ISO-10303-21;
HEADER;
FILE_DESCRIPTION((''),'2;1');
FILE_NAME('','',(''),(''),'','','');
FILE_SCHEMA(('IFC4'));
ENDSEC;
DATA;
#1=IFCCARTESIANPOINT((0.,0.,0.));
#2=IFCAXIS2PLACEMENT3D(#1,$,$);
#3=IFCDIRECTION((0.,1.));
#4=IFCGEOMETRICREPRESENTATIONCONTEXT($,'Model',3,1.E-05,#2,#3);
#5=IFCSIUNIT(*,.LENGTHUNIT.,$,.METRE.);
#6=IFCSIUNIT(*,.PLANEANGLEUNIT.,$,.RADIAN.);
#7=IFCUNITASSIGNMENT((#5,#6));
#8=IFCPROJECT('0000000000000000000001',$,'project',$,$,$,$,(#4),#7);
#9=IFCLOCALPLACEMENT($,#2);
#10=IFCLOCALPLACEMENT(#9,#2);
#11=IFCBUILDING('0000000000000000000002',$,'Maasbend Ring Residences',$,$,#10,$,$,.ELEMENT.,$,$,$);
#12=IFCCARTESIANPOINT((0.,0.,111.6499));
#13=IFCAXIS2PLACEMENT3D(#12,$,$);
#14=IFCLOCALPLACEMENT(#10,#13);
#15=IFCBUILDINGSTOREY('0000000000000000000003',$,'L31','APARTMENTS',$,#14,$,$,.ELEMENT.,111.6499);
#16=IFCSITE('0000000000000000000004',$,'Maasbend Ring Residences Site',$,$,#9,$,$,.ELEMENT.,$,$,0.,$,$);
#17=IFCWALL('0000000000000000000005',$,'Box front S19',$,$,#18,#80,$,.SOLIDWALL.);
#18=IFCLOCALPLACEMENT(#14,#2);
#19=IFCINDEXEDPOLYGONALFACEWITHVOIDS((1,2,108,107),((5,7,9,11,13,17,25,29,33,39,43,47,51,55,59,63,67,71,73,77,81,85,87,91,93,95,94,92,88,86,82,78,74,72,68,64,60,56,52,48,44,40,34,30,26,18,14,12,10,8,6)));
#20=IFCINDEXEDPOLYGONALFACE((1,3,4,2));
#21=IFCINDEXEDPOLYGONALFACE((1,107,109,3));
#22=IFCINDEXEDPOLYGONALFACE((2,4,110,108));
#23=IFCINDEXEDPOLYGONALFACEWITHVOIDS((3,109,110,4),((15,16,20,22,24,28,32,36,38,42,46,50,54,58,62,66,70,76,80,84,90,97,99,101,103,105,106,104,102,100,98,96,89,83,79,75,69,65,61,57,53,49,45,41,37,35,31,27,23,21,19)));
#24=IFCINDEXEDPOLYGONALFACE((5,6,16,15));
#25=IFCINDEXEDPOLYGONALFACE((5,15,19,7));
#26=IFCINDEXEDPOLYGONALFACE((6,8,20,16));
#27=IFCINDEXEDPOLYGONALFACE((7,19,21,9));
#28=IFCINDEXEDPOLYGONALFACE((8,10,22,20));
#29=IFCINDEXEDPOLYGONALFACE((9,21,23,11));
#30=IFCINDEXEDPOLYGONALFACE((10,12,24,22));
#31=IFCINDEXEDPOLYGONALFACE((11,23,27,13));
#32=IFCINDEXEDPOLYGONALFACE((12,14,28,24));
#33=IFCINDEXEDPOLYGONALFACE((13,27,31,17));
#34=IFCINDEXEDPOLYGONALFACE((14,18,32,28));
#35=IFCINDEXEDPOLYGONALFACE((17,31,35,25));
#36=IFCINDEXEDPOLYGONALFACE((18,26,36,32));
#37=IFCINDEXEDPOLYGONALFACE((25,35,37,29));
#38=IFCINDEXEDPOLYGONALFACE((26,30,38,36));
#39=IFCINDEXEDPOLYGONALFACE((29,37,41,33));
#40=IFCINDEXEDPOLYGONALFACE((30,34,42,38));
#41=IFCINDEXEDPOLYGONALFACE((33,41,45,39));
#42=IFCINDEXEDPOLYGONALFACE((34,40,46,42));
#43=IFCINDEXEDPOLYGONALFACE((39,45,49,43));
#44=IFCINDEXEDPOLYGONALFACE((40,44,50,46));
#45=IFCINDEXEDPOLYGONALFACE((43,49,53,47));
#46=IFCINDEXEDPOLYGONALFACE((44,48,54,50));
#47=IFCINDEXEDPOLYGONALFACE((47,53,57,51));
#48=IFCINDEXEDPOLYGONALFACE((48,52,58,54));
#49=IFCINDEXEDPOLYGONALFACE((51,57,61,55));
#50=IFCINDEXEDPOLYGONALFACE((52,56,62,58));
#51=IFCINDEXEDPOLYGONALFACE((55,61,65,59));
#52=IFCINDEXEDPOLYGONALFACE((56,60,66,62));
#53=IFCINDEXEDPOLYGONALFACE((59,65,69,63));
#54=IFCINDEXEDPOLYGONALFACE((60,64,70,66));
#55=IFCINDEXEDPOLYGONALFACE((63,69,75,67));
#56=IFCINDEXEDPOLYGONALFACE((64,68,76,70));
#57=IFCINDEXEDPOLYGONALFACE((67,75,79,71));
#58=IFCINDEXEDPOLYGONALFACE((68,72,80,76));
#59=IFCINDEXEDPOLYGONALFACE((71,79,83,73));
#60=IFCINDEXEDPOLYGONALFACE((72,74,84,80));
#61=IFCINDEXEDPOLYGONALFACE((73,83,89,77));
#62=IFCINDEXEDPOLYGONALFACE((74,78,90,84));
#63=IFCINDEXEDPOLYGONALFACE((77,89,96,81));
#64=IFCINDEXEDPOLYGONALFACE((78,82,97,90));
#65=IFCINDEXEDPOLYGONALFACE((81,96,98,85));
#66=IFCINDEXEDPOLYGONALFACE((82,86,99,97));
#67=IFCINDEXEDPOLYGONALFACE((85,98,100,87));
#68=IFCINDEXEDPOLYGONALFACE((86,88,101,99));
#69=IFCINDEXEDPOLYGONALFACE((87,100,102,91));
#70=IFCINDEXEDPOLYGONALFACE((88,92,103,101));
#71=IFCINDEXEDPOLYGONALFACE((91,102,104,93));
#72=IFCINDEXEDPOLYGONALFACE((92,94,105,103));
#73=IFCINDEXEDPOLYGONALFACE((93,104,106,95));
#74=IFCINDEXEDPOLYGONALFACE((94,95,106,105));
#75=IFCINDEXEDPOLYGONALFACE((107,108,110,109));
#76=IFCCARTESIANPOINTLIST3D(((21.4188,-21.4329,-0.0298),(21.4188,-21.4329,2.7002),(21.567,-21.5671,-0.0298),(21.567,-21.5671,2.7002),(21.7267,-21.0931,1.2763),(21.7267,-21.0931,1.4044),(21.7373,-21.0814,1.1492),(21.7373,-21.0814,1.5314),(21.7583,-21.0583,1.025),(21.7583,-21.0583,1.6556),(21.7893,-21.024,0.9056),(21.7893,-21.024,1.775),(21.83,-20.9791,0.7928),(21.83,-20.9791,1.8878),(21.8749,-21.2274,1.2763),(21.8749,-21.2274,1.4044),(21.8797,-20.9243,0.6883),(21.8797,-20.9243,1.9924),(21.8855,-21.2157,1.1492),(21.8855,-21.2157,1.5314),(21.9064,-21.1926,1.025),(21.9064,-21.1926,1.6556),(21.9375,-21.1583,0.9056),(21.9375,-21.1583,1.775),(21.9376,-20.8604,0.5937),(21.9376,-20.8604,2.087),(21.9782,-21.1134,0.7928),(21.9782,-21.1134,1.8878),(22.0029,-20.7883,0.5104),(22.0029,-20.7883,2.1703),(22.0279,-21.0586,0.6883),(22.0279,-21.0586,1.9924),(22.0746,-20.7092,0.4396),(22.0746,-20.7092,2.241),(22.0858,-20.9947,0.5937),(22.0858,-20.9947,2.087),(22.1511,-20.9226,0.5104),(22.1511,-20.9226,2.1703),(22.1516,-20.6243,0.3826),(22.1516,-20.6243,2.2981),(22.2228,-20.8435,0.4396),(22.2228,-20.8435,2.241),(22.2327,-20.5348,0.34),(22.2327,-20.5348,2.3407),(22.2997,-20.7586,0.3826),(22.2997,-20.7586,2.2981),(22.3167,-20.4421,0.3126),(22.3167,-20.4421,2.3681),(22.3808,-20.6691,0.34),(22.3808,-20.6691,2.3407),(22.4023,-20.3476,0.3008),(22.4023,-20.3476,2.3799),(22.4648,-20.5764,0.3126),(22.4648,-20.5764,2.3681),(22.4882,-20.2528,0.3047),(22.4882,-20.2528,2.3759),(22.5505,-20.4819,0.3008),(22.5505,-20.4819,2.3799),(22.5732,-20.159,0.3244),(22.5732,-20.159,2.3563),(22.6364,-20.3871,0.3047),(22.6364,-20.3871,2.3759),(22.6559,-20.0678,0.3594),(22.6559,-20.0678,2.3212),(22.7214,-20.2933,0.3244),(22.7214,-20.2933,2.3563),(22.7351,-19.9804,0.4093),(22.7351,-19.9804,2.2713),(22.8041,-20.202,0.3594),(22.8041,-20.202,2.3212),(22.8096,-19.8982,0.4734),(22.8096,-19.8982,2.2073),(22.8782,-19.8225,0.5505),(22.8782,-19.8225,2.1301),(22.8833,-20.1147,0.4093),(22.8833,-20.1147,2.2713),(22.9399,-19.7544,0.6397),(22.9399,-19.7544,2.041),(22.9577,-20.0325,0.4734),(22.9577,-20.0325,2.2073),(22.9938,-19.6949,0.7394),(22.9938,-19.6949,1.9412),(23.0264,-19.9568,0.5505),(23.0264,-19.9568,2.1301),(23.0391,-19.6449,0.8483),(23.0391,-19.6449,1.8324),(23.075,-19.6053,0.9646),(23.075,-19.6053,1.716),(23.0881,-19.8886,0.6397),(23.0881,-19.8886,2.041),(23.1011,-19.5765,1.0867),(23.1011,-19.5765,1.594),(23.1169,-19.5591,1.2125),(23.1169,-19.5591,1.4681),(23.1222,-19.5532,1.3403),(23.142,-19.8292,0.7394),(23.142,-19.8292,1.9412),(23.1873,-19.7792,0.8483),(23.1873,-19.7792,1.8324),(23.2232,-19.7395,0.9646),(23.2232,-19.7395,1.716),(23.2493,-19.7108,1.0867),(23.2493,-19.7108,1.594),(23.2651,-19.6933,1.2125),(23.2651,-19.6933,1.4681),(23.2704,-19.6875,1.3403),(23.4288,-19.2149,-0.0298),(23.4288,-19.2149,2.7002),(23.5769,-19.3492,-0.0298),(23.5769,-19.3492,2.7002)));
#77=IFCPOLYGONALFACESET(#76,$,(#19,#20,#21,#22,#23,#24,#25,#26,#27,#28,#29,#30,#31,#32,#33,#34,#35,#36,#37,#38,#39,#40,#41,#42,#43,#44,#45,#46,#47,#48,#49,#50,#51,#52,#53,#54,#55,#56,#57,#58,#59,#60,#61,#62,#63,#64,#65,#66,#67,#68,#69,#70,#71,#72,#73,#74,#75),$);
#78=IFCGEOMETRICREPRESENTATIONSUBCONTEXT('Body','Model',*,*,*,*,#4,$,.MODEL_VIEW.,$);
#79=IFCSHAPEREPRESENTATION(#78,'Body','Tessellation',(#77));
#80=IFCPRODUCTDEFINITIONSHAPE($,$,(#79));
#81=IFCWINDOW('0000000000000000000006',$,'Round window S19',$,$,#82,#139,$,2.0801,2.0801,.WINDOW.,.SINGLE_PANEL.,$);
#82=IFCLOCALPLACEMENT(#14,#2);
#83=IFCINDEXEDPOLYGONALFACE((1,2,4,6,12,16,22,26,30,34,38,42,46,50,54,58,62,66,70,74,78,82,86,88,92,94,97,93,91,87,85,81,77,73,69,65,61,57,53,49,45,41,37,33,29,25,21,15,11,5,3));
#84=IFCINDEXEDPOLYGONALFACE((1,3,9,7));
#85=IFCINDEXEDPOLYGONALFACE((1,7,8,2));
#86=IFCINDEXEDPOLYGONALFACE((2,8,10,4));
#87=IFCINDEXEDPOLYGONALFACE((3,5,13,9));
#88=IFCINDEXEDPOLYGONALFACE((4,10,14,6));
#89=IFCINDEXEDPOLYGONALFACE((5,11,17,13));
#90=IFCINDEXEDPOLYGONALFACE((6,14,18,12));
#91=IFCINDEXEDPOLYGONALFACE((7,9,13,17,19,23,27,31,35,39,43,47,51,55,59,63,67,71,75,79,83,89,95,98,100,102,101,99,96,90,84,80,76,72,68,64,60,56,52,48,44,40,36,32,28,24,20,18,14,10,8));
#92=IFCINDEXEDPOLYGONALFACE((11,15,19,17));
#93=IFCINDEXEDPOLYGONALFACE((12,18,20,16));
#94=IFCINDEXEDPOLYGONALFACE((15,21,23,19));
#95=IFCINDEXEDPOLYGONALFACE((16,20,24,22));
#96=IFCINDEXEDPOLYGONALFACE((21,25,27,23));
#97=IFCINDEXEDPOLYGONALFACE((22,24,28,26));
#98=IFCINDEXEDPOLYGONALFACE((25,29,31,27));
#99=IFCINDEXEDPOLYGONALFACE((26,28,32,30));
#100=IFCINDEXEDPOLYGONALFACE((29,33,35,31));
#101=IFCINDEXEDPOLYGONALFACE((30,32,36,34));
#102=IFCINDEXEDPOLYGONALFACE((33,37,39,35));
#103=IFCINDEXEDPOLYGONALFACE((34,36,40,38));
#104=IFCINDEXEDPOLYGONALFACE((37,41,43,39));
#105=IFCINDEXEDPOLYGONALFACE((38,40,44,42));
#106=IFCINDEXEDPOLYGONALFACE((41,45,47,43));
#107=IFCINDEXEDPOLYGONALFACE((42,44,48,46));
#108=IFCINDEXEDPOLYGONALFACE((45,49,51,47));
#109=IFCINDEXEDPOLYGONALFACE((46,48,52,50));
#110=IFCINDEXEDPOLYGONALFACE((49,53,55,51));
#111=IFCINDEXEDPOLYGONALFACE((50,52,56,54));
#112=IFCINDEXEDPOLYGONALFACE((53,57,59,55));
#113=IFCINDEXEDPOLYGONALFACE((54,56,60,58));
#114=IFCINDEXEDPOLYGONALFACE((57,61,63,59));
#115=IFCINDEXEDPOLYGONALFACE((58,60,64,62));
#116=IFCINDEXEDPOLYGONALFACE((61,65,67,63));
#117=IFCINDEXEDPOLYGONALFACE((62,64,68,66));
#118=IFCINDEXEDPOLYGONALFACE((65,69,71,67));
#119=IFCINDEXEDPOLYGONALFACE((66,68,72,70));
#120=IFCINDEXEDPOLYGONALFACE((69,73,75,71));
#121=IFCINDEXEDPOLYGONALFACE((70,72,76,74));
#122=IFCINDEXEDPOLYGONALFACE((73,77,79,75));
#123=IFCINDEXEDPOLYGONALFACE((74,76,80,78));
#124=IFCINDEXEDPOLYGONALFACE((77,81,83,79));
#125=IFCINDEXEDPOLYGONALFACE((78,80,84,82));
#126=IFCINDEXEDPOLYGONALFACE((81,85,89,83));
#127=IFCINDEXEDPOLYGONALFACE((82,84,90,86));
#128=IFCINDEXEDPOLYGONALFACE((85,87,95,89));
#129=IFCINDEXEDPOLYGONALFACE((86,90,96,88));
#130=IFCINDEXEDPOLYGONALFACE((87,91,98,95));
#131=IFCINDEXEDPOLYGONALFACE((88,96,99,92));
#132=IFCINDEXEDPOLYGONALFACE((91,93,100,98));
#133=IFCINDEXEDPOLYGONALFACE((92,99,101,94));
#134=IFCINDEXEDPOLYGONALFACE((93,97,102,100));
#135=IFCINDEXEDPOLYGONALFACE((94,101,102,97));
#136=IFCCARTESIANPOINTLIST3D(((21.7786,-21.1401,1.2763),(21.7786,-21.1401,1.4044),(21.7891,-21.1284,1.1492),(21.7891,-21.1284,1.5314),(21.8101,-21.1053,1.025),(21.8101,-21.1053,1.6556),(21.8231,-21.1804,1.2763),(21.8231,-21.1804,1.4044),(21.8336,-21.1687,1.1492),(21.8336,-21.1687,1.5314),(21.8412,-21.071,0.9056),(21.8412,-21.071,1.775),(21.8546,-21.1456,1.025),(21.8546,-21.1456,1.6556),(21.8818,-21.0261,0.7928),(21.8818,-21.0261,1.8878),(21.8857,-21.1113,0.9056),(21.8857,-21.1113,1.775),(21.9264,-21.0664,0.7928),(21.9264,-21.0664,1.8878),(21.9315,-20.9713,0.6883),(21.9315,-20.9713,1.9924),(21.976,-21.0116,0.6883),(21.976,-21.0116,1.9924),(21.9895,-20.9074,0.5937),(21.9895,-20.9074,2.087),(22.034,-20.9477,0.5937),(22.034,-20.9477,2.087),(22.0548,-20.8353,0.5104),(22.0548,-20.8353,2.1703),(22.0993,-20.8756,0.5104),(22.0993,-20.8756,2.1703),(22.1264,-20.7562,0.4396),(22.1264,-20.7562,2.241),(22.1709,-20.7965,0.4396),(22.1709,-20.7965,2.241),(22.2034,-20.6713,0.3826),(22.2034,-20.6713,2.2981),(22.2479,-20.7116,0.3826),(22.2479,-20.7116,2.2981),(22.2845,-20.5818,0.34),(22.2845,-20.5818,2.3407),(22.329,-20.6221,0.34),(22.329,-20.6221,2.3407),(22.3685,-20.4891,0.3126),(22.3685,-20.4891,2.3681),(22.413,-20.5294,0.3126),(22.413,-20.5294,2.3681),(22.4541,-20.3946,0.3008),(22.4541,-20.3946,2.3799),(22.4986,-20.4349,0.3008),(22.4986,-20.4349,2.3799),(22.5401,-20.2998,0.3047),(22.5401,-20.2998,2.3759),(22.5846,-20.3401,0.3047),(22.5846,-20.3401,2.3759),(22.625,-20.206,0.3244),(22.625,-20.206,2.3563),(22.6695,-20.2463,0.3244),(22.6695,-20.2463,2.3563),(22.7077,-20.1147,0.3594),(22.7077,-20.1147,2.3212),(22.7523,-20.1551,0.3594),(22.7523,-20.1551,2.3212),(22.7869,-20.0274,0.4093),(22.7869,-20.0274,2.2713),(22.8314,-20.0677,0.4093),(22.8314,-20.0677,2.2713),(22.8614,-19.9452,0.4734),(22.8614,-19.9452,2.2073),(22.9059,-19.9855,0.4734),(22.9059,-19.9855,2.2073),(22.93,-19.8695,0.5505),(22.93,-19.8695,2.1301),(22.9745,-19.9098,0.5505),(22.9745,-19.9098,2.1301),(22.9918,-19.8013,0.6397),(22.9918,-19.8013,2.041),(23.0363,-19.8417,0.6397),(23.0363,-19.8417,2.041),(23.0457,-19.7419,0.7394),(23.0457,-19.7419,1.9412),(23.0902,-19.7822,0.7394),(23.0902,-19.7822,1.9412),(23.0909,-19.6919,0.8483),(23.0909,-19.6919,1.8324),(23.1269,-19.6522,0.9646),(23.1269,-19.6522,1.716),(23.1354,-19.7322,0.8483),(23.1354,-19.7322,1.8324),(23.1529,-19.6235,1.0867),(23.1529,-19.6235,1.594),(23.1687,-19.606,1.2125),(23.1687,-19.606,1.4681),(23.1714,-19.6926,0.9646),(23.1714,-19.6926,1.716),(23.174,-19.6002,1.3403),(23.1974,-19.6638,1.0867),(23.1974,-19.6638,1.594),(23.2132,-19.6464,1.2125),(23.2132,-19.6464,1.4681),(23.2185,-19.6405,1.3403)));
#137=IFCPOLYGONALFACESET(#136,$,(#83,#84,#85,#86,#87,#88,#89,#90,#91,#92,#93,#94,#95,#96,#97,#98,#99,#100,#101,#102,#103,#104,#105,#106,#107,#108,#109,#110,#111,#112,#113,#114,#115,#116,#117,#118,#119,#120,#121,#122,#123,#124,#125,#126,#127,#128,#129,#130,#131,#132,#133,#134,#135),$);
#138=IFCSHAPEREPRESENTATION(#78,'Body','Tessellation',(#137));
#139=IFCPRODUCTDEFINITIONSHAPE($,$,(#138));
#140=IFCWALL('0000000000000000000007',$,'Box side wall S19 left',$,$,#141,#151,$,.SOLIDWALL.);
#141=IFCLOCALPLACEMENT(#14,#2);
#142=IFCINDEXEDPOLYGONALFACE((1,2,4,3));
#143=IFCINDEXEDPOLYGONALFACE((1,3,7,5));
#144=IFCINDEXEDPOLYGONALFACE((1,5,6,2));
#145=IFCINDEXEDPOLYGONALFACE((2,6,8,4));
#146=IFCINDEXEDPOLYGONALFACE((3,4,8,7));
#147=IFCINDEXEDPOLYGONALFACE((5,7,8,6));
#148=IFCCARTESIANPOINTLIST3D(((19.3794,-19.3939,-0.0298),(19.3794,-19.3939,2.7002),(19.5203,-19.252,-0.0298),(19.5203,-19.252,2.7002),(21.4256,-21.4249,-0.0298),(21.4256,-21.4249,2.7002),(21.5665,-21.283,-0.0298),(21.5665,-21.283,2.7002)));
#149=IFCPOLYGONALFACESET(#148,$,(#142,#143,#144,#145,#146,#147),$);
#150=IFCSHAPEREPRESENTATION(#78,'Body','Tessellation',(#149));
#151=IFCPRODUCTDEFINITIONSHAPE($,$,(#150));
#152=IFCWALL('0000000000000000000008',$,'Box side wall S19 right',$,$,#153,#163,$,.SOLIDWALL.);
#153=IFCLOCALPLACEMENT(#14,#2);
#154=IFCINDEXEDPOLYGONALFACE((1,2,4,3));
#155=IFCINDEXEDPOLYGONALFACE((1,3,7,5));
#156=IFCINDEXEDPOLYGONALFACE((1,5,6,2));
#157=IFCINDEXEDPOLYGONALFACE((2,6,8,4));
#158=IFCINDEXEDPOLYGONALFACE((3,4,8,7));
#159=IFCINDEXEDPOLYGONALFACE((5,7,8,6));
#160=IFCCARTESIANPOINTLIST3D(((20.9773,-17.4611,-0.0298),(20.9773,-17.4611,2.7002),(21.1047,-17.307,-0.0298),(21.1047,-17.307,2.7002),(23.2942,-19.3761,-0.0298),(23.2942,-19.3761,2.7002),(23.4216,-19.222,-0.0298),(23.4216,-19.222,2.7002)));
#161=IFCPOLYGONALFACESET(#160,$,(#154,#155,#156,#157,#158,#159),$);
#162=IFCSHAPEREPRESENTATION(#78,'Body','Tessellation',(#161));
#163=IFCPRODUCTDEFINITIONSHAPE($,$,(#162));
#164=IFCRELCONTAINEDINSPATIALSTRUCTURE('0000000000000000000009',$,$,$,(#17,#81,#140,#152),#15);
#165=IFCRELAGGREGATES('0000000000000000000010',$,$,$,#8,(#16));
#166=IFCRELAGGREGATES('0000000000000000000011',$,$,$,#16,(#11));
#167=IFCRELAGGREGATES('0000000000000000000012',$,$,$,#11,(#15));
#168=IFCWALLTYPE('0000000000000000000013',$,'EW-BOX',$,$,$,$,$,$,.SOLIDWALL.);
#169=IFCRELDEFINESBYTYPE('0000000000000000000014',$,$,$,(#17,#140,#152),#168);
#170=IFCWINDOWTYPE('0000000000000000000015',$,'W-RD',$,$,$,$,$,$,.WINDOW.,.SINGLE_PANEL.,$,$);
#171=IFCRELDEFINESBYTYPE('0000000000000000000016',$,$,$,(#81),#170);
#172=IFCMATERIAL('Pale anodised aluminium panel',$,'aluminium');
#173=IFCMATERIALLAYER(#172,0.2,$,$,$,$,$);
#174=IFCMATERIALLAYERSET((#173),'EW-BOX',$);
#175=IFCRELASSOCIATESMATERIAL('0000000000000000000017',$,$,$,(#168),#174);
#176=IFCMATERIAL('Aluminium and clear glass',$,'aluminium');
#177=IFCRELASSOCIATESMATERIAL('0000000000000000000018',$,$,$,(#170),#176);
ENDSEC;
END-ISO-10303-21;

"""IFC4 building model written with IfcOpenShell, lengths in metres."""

from ifc_helpers import new_model, si_unit, direction, frame, frame_2d, origin, place, context, subcontext, project, spatial, rectangle, circle, extrude, material, layer, layer_set, type_object, element, fill, save


model = new_model("IFC4")

# Units and contexts
model_context = context("Model", 3, precision=1e-05, world=origin(), true_north=direction((0.0, 1.0)))
body_context = subcontext(model_context, "Body", "Model", "MODEL_VIEW")
ifc_project = project(units=[si_unit("LENGTHUNIT", "METRE"), si_unit("PLANEANGLEUNIT", "RADIAN")], contexts=[model_context])

# Site, building, storey
site_placement = place(None, origin())
site = spatial("IfcSite", under=ifc_project, at=site_placement, Name="Maasbend Ring Residences Site", CompositionType="ELEMENT", RefElevation=0.0)
building_placement = place(site_placement, origin())
building = spatial("IfcBuilding", under=site, at=building_placement, Name="Maasbend Ring Residences", CompositionType="ELEMENT")
storey_placement = place(building_placement, frame((0.0, 0.0, 111.6499)))
storey = spatial("IfcBuildingStorey", under=building, at=storey_placement, Name="L31", Description="APARTMENTS", CompositionType="ELEMENT", Elevation=111.6499)

# Shared definitions
ifc_material_1 = material(Name="Pale anodised aluminium panel", Category="aluminium")
ifc_layer_1 = layer(ifc_material_1, 0.2)
ifc_layer_set_1 = layer_set([ifc_layer_1], Name="EW-BOX")
wall_type_1 = type_object("IfcWallType", Name="EW-BOX", PredefinedType="SOLIDWALL", material=ifc_layer_set_1)
ifc_material_2 = material(Name="Aluminium and clear glass", Category="aluminium")
window_type_1 = type_object("IfcWindowType", Name="W-RD", PartitioningType="SINGLE_PANEL", PredefinedType="WINDOW", material=ifc_material_2)

# Wall, opening, window
wall_1_placement = place(storey_placement, frame((21.4929, -21.5, -0.0298), z_axis=(0.0, 0.0, 1.0), x_axis=(0.671507, 0.740998, 0.0)))
wall_1 = element("IfcWall", 1, at=wall_1_placement, inside=storey, type_object=wall_type_1, Name="Box front S19", PredefinedType="SOLIDWALL", context=body_context, shape_type="SweptSolid", body=[
    extrude(rectangle(XDim=2.9932, YDim=0.2, at=frame_2d((1.4966, 0.0))), origin(), (0.0, 0.0, 1.0), 2.73),
])
opening_1_placement = place(wall_1_placement, frame((0.4565, 0.0, 0.3301)))
opening_1 = element("IfcOpeningElement", 2, at=opening_1_placement, cuts=wall_1, PredefinedType="OPENING", context=body_context, shape_type="SweptSolid", body=[
    extrude(circle(Radius=1.04, at=frame_2d((1.04, 1.04))), frame((0.0, 0.1099, 0.0), z_axis=(0.0, -1.0, 0.0), x_axis=(1.0, 0.0, 0.0)), (0.0, 0.0, 1.0), 0.22),
])
window_1_placement = place(opening_1_placement, origin())
window_1 = element("IfcWindow", 3, at=window_1_placement, inside=storey, type_object=window_type_1, Name="Round window S19", OverallHeight=2.0801, OverallWidth=2.0801, PartitioningType="SINGLE_PANEL", PredefinedType="WINDOW", context=body_context, shape_type="SweptSolid", body=[
    extrude(circle(Radius=1.04, at=frame_2d((1.04, 1.04))), frame((0.0, 0.03, 0.0), z_axis=(0.0, -1.0, 0.0), x_axis=(1.0, 0.0, 0.0)), (0.0, 0.0, 1.0), 0.0601),
])
fill(opening_1, window_1)

# Walls
wall_2_placement = place(storey_placement, frame((19.45, -19.323, -0.0298), z_axis=(0.0, 0.0, 1.0), x_axis=(0.709727, -0.704477, 0.0)))
element("IfcWall", 4, at=wall_2_placement, inside=storey, type_object=wall_type_1, Name="Box side wall S19 left", PredefinedType="SOLIDWALL", context=body_context, shape_type="SweptSolid", body=[
    extrude(rectangle(XDim=2.8831, YDim=0.2, at=frame_2d((1.4414, 0.0))), origin(), (0.0, 0.0, 1.0), 2.73),
])
wall_3_placement = place(storey_placement, frame((21.041, -17.384, -0.0298), z_axis=(0.0, 0.0, 1.0), x_axis=(0.770785, -0.637096, 0.0)))
element("IfcWall", 5, at=wall_3_placement, inside=storey, type_object=wall_type_1, Name="Box side wall S19 right", PredefinedType="SOLIDWALL", context=body_context, shape_type="SweptSolid", body=[
    extrude(rectangle(XDim=3.0059, YDim=0.2, at=frame_2d((1.5029, 0.0))), origin(), (0.0, 0.0, 1.0), 2.73),
])

save(model, "model.ifc")
